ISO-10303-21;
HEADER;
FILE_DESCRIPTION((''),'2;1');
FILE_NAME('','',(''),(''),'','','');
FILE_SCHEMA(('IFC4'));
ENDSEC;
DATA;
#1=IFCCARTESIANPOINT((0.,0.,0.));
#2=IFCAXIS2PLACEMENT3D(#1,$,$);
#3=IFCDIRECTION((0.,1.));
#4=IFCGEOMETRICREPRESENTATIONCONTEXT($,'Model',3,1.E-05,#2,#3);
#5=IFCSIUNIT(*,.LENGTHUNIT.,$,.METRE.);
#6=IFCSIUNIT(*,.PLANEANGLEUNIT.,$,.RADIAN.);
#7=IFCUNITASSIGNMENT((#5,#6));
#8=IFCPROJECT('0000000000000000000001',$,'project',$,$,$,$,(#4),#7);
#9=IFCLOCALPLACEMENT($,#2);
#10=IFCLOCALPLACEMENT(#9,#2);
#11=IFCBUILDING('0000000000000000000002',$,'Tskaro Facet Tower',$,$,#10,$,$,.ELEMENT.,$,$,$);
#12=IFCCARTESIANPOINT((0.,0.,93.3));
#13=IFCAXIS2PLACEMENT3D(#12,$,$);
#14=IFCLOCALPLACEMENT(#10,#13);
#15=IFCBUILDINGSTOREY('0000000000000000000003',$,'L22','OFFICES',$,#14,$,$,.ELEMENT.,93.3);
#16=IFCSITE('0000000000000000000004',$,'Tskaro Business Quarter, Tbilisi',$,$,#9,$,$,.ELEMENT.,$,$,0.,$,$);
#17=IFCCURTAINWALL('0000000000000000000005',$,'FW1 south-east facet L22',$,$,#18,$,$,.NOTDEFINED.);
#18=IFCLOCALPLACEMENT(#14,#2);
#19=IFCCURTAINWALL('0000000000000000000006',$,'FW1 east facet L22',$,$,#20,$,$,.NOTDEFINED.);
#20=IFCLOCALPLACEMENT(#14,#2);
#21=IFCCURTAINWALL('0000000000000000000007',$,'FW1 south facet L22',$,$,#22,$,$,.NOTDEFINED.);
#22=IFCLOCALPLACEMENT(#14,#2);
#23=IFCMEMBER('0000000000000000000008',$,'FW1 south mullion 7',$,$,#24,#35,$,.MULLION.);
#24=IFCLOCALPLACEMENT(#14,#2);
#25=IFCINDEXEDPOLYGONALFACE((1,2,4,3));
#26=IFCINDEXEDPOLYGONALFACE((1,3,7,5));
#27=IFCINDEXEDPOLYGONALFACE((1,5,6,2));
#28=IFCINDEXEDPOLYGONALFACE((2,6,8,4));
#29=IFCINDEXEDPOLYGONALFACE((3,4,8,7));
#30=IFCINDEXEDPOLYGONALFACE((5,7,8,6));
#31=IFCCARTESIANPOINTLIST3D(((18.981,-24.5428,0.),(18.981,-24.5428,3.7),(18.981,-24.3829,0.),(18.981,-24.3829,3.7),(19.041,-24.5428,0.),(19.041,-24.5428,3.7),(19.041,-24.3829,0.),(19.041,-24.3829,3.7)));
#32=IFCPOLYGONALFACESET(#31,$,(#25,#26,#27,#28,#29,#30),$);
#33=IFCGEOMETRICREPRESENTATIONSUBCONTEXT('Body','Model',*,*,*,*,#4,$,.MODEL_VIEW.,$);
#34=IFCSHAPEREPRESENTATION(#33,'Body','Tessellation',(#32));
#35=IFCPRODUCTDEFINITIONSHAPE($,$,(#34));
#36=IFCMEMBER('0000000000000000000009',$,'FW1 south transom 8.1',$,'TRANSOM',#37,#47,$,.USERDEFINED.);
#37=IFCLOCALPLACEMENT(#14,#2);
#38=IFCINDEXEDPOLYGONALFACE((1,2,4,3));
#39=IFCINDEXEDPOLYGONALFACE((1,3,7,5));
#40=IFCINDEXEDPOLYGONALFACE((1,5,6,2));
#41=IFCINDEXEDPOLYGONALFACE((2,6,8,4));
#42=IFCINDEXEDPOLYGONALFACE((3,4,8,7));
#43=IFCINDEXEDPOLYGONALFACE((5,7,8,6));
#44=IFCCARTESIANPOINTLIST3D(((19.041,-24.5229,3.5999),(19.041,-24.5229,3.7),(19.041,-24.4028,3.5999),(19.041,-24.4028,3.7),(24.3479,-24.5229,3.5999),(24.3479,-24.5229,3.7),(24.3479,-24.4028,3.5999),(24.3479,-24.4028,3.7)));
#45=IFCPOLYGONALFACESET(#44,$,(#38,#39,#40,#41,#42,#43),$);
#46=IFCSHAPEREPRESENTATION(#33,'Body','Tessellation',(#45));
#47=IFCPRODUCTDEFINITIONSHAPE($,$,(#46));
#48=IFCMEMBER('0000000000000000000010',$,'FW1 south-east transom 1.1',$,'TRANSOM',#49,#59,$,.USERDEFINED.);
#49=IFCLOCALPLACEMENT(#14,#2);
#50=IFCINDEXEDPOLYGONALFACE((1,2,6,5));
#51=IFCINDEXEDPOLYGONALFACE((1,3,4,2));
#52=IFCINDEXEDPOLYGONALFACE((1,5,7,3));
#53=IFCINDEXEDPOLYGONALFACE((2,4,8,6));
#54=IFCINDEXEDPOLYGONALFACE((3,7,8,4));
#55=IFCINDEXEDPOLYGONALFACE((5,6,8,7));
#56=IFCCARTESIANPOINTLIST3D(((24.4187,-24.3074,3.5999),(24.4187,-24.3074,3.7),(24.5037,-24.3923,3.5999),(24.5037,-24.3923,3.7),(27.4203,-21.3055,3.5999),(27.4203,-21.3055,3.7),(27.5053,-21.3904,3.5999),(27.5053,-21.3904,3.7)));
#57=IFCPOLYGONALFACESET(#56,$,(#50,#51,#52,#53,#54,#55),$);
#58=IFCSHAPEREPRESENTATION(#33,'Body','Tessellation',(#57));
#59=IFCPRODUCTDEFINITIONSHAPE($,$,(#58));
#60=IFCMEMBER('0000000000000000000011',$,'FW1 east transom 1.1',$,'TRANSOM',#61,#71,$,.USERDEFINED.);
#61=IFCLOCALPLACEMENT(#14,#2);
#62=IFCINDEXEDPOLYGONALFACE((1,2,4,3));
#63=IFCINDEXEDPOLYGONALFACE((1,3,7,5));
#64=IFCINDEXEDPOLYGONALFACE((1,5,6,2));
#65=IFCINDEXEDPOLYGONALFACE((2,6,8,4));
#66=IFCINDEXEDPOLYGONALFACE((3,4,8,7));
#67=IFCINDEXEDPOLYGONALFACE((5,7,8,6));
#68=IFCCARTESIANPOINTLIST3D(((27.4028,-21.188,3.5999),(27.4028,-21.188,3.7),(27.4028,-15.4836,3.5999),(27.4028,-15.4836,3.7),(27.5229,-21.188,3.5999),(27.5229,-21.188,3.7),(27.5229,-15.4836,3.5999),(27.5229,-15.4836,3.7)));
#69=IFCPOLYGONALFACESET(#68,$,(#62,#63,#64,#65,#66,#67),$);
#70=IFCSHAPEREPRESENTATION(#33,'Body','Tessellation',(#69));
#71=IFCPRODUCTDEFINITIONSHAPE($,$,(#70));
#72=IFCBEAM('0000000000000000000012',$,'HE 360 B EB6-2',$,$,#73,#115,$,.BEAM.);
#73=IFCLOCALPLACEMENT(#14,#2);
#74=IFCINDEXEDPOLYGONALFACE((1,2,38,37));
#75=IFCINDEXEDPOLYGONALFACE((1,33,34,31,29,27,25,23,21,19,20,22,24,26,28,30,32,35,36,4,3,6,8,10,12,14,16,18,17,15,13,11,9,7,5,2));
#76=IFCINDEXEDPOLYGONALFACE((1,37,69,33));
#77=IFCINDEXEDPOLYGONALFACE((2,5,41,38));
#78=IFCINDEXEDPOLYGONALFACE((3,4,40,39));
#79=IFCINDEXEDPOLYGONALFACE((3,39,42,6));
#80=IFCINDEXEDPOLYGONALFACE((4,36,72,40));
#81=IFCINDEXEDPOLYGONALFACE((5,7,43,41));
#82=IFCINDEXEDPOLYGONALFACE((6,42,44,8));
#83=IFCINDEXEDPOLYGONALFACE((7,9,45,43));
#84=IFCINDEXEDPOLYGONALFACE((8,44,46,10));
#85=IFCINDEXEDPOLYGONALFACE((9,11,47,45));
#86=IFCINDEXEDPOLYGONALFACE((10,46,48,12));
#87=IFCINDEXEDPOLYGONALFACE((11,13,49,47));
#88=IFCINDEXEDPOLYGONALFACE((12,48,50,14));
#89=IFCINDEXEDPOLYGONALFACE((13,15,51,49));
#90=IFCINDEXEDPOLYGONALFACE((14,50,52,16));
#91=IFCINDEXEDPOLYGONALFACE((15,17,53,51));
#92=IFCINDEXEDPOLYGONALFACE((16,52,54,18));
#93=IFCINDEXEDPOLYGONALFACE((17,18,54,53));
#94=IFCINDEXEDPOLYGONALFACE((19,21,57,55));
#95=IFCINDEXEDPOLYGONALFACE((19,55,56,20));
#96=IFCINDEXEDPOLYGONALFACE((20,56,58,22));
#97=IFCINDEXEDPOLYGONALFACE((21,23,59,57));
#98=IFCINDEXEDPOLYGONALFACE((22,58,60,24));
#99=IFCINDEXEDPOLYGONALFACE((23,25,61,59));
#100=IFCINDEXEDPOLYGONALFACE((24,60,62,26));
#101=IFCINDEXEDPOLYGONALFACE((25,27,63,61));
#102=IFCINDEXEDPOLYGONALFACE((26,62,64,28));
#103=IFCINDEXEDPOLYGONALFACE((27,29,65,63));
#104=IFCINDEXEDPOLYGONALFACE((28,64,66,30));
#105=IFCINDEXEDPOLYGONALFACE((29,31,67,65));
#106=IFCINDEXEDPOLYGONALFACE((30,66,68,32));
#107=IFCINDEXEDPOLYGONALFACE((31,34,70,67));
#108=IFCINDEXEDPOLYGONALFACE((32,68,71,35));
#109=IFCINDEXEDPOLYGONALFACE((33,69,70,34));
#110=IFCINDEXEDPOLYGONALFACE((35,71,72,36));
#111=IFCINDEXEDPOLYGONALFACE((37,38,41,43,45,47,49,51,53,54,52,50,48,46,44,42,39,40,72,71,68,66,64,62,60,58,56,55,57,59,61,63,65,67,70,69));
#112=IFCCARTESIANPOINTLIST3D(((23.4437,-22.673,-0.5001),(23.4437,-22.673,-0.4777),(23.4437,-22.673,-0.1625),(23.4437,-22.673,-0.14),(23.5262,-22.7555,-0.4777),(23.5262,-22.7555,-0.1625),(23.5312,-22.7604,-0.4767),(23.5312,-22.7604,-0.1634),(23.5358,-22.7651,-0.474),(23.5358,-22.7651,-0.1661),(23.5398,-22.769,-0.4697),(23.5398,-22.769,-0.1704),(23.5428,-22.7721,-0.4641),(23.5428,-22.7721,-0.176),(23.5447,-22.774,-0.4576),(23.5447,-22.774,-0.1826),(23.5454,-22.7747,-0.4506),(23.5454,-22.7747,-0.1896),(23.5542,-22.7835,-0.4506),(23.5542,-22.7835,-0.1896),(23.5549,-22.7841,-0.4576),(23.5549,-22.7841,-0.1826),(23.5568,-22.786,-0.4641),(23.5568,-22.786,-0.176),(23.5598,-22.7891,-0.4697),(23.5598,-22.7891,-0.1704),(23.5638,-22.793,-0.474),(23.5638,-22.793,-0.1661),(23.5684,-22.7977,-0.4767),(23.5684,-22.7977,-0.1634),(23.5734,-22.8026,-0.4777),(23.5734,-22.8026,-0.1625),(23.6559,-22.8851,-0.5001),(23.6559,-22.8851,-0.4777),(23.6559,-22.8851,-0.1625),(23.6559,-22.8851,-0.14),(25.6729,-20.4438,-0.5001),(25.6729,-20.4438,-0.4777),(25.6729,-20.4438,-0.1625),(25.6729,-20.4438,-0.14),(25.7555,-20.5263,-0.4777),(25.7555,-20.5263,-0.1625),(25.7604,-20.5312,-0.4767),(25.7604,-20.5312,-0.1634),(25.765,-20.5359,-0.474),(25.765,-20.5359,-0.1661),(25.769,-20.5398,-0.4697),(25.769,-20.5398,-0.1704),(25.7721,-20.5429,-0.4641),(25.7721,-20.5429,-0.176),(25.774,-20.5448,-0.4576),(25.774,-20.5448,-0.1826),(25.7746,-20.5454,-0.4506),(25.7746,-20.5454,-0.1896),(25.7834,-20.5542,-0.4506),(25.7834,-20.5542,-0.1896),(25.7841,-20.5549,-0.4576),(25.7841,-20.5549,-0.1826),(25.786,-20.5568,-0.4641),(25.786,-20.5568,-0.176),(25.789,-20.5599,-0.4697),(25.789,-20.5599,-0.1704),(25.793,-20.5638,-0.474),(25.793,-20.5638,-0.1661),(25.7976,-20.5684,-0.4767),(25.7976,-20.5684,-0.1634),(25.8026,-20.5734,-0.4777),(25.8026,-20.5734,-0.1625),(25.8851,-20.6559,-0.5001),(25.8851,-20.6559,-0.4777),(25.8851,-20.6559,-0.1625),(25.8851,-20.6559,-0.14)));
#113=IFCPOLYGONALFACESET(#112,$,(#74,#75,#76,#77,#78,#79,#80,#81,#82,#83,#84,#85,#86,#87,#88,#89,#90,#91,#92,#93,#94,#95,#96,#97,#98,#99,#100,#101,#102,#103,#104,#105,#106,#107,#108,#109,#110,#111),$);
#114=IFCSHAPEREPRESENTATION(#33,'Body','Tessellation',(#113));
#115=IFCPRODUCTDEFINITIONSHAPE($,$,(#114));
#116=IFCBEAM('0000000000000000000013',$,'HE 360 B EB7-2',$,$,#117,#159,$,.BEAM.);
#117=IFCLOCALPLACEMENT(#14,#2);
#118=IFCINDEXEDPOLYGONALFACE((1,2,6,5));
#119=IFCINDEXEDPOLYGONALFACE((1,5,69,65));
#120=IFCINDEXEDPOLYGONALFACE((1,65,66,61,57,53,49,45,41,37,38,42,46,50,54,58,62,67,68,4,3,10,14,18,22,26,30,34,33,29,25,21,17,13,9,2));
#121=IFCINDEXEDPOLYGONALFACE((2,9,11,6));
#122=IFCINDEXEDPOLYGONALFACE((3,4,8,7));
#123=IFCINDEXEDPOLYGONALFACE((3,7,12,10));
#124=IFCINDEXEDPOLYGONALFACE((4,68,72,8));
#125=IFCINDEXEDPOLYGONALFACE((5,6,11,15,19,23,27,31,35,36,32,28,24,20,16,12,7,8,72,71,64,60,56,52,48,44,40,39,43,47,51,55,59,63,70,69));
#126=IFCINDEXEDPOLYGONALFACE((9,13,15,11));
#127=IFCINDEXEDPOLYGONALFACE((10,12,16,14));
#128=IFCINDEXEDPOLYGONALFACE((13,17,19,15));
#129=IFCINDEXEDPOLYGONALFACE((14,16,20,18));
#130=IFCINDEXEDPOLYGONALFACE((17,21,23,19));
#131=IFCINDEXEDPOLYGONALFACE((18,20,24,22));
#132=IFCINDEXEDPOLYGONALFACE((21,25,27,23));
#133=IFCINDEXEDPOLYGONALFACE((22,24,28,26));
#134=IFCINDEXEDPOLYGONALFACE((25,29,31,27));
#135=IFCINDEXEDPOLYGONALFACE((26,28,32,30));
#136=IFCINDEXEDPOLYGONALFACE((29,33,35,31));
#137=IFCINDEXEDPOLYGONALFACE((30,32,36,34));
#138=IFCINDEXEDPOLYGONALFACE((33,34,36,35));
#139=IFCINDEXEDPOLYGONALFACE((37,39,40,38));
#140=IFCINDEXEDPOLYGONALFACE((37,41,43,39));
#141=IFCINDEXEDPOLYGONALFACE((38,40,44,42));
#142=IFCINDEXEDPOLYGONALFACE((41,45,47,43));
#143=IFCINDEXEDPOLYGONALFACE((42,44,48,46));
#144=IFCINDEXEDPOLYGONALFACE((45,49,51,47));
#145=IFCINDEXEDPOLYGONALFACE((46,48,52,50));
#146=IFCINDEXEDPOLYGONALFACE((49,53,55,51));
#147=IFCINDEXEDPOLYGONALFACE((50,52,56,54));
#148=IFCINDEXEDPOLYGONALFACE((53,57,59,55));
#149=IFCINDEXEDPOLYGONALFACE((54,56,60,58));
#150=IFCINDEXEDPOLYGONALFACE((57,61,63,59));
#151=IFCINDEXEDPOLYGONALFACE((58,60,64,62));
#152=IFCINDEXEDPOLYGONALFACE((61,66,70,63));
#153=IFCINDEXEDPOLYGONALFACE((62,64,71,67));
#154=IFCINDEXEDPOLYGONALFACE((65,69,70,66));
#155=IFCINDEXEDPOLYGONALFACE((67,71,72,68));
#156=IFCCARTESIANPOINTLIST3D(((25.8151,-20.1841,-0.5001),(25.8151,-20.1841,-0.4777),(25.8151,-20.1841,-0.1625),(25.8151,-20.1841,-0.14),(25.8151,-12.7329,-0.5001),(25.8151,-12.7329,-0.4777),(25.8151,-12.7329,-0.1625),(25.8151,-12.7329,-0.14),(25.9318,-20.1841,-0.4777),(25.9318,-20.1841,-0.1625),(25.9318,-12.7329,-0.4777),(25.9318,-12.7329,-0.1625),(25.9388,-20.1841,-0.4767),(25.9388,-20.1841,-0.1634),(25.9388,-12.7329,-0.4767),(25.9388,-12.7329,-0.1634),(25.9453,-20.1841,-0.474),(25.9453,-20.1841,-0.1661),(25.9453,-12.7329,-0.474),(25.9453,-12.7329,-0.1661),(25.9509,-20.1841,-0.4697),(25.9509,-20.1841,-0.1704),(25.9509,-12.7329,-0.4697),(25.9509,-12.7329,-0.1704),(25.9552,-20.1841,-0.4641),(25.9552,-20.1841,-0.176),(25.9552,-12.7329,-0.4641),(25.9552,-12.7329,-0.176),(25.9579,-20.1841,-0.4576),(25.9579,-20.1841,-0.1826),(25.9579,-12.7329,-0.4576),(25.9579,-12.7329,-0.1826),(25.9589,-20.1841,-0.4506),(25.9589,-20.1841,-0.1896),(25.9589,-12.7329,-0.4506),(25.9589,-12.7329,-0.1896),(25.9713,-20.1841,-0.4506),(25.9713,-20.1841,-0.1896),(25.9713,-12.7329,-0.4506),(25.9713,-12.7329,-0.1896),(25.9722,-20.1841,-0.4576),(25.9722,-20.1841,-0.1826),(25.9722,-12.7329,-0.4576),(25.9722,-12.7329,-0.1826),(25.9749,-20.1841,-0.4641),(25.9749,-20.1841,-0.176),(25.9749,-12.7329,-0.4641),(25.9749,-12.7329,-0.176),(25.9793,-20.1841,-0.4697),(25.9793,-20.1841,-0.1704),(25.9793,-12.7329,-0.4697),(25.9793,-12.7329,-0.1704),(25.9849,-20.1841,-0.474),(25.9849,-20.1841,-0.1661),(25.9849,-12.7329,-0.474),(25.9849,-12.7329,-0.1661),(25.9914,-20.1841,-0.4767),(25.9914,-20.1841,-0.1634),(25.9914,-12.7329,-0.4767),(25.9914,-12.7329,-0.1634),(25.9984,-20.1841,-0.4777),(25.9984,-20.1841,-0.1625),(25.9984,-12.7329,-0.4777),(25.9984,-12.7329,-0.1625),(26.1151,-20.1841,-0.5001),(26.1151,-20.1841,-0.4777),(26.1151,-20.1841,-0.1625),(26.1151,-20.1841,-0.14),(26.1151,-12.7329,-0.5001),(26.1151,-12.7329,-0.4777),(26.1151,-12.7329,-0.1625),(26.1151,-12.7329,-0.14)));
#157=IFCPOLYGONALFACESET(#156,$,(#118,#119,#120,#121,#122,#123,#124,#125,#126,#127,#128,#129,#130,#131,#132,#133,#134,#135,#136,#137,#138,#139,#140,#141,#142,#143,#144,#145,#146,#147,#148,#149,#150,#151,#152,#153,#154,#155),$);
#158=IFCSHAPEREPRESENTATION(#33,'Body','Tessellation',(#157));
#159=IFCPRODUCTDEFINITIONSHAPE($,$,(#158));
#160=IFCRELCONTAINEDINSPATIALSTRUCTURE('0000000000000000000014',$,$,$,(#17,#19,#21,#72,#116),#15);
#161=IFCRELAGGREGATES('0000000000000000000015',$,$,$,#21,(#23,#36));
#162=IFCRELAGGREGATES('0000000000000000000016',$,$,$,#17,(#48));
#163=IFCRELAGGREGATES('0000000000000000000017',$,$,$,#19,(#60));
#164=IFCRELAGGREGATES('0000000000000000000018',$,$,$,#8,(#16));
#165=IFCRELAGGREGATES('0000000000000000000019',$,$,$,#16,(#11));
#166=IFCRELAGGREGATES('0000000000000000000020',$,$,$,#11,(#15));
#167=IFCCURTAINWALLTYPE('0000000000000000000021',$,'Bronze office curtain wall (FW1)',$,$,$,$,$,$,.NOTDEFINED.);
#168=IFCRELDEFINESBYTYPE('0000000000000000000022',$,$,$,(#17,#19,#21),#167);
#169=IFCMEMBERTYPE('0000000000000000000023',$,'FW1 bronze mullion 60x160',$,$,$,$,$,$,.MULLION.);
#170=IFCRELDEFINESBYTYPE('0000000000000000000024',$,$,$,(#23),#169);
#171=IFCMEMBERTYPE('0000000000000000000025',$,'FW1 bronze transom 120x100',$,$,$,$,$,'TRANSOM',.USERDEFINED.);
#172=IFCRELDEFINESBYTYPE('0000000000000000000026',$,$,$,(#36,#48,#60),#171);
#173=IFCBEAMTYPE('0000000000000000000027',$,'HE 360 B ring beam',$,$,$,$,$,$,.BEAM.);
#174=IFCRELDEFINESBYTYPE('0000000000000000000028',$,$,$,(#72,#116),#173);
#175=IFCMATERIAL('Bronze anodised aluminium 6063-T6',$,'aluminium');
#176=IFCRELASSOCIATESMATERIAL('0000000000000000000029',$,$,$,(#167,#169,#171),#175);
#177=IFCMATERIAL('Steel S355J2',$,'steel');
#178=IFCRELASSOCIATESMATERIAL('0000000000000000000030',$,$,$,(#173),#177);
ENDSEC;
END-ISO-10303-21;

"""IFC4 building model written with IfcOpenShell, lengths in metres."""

from ifc_helpers import new_model, si_unit, direction, frame, origin, origin_2d, place, context, subcontext, project, spatial, rectangle, i_section, extrude, material, material_profile, profile_set, type_object, element, aggregate, save


model = new_model("IFC4")

# Units and contexts
model_context = context("Model", 3, precision=1e-05, world=origin(), true_north=direction((0.0, 1.0)))
body_context = subcontext(model_context, "Body", "Model", "MODEL_VIEW")
ifc_project = project(units=[si_unit("LENGTHUNIT", "METRE"), si_unit("PLANEANGLEUNIT", "RADIAN")], contexts=[model_context])

# Site, building, storey
site_placement = place(None, origin())
site = spatial("IfcSite", under=ifc_project, at=site_placement, Name="Tskaro Business Quarter, Tbilisi", CompositionType="ELEMENT", RefElevation=0.0)
building_placement = place(site_placement, origin())
building = spatial("IfcBuilding", under=site, at=building_placement, Name="Tskaro Facet Tower", CompositionType="ELEMENT")
storey_placement = place(building_placement, frame((0.0, 0.0, 93.3)))
storey = spatial("IfcBuildingStorey", under=building, at=storey_placement, Name="L22", Description="OFFICES", CompositionType="ELEMENT", Elevation=93.3)

# Curtain walls
ifc_material_1 = material(Name="Bronze anodised aluminium 6063-T6", Category="aluminium")
curtain_wall_type = type_object("IfcCurtainWallType", Name="Bronze office curtain wall (FW1)", PredefinedType="NOTDEFINED", material=ifc_material_1)
curtain_wall_1_placement = place(storey_placement, origin())
curtain_wall_1 = element("IfcCurtainWall", 1, at=curtain_wall_1_placement, inside=storey, type_object=curtain_wall_type, Name="FW1 south-east facet L22", PredefinedType="NOTDEFINED")
curtain_wall_2_placement = place(storey_placement, origin())
curtain_wall_2 = element("IfcCurtainWall", 2, at=curtain_wall_2_placement, inside=storey, type_object=curtain_wall_type, Name="FW1 east facet L22", PredefinedType="NOTDEFINED")

# Curtain wall, members
curtain_wall_3_placement = place(storey_placement, origin())
curtain_wall_3 = element("IfcCurtainWall", 3, at=curtain_wall_3_placement, inside=storey, type_object=curtain_wall_type, Name="FW1 south facet L22", PredefinedType="NOTDEFINED")
ifc_material_profile_1 = material_profile(ifc_material_1, rectangle(XDim=0.0601, YDim=0.1599, at=origin_2d()), Name="Mullion 60x160")
ifc_profile_set_1 = profile_set([ifc_material_profile_1], Name="Bronze anodised aluminium 6063-T6")
member_type_1 = type_object("IfcMemberType", Name="FW1 bronze mullion 60x160", PredefinedType="MULLION", material=ifc_profile_set_1)
member_1_placement = place(storey_placement, frame((19.011, -24.4629, 0.0), z_axis=(0.0, 0.0, 1.0), x_axis=(1.0, 0.0, 0.0)))
member_1 = element("IfcMember", 4, at=member_1_placement, type_object=member_type_1, Name="FW1 south mullion 7", PredefinedType="MULLION", context=body_context, shape_type="SweptSolid", body=[
    extrude(rectangle(XDim=0.0601, YDim=0.1599, at=origin_2d()), origin(), (0.0, 0.0, 1.0), 3.7),
])
ifc_material_profile_2 = material_profile(ifc_material_1, rectangle(XDim=0.1201, YDim=0.1001, at=origin_2d()), Name="Transom 120x100")
ifc_profile_set_2 = profile_set([ifc_material_profile_2], Name="Bronze anodised aluminium 6063-T6")
member_type_2 = type_object("IfcMemberType", Name="FW1 bronze transom 120x100", ElementType="TRANSOM", PredefinedType="USERDEFINED", material=ifc_profile_set_2)
member_2_placement = place(storey_placement, frame((19.041, -24.4629, 3.6499), z_axis=(1.0, 0.0, 0.0), x_axis=(0.0, 1.0, 0.0)))
member_2 = element("IfcMember", 5, at=member_2_placement, type_object=member_type_2, Name="FW1 south transom 8.1", ObjectType="TRANSOM", PredefinedType="USERDEFINED", context=body_context, shape_type="SweptSolid", body=[
    extrude(rectangle(XDim=0.1201, YDim=0.1001, at=origin_2d()), origin(), (0.0, 0.0, 1.0), 5.3069),
])

# Members
member_3_placement = place(storey_placement, frame((24.4612, -24.3499, 3.6499), z_axis=(0.707078, 0.707136, 0.0), x_axis=(-0.707136, 0.707078, 0.0)))
member_3 = element("IfcMember", 6, at=member_3_placement, type_object=member_type_2, Name="FW1 south-east transom 1.1", ObjectType="TRANSOM", PredefinedType="USERDEFINED", context=body_context, shape_type="SweptSolid", body=[
    extrude(rectangle(XDim=0.1201, YDim=0.1001, at=origin_2d()), origin(), (0.0, 0.0, 1.0), 4.2451),
])
member_4_placement = place(storey_placement, frame((27.4629, -21.188, 3.6499), z_axis=(0.0, 1.0, 0.0), x_axis=(-1.0, 0.0, 0.0)))
member_4 = element("IfcMember", 7, at=member_4_placement, type_object=member_type_2, Name="FW1 east transom 1.1", ObjectType="TRANSOM", PredefinedType="USERDEFINED", context=body_context, shape_type="SweptSolid", body=[
    extrude(rectangle(XDim=0.1201, YDim=0.1001, at=origin_2d()), origin(), (0.0, 0.0, 1.0), 5.7043),
])

# Beams
ifc_material_2 = material(Name="Steel S355J2", Category="steel")
ifc_material_profile_3 = material_profile(ifc_material_2, i_section(OverallWidth=0.3, OverallDepth=0.3601, WebThickness=0.0125, FlangeThickness=0.0225, FilletRadius=0.0271, at=origin_2d()), Name="HE 360 B")
ifc_profile_set_3 = profile_set([ifc_material_profile_3], Name="Steel S355J2")
beam_type_1 = type_object("IfcBeamType", Name="HE 360 B ring beam", PredefinedType="BEAM", material=ifc_profile_set_3)
beam_1_placement = place(storey_placement, frame((23.5498, -22.7791, -0.3201), z_axis=(0.707107, 0.707107, 0.0), x_axis=(-0.707107, 0.707107, 0.0)))
element("IfcBeam", 8, at=beam_1_placement, inside=storey, type_object=beam_type_1, Name="HE 360 B EB6-2", PredefinedType="BEAM", context=body_context, shape_type="SweptSolid", body=[
    extrude(i_section(OverallWidth=0.3, OverallDepth=0.3601, WebThickness=0.0125, FlangeThickness=0.0225, FilletRadius=0.0271, at=origin_2d()), origin(), (0.0, 0.0, 1.0), 3.1526),
])
beam_2_placement = place(storey_placement, frame((25.9651, -20.1841, -0.3201), z_axis=(0.0, 1.0, 0.0), x_axis=(-1.0, 0.0, 0.0)))
element("IfcBeam", 9, at=beam_2_placement, inside=storey, type_object=beam_type_1, Name="HE 360 B EB7-2", PredefinedType="BEAM", context=body_context, shape_type="SweptSolid", body=[
    extrude(i_section(OverallWidth=0.3, OverallDepth=0.3601, WebThickness=0.0125, FlangeThickness=0.0225, FilletRadius=0.0271, at=origin_2d()), origin(), (0.0, 0.0, 1.0), 7.4512),
])

aggregate(curtain_wall_3, [member_1, member_2])
aggregate(curtain_wall_1, [member_3])
aggregate(curtain_wall_2, [member_4])

save(model, "model.ifc")
